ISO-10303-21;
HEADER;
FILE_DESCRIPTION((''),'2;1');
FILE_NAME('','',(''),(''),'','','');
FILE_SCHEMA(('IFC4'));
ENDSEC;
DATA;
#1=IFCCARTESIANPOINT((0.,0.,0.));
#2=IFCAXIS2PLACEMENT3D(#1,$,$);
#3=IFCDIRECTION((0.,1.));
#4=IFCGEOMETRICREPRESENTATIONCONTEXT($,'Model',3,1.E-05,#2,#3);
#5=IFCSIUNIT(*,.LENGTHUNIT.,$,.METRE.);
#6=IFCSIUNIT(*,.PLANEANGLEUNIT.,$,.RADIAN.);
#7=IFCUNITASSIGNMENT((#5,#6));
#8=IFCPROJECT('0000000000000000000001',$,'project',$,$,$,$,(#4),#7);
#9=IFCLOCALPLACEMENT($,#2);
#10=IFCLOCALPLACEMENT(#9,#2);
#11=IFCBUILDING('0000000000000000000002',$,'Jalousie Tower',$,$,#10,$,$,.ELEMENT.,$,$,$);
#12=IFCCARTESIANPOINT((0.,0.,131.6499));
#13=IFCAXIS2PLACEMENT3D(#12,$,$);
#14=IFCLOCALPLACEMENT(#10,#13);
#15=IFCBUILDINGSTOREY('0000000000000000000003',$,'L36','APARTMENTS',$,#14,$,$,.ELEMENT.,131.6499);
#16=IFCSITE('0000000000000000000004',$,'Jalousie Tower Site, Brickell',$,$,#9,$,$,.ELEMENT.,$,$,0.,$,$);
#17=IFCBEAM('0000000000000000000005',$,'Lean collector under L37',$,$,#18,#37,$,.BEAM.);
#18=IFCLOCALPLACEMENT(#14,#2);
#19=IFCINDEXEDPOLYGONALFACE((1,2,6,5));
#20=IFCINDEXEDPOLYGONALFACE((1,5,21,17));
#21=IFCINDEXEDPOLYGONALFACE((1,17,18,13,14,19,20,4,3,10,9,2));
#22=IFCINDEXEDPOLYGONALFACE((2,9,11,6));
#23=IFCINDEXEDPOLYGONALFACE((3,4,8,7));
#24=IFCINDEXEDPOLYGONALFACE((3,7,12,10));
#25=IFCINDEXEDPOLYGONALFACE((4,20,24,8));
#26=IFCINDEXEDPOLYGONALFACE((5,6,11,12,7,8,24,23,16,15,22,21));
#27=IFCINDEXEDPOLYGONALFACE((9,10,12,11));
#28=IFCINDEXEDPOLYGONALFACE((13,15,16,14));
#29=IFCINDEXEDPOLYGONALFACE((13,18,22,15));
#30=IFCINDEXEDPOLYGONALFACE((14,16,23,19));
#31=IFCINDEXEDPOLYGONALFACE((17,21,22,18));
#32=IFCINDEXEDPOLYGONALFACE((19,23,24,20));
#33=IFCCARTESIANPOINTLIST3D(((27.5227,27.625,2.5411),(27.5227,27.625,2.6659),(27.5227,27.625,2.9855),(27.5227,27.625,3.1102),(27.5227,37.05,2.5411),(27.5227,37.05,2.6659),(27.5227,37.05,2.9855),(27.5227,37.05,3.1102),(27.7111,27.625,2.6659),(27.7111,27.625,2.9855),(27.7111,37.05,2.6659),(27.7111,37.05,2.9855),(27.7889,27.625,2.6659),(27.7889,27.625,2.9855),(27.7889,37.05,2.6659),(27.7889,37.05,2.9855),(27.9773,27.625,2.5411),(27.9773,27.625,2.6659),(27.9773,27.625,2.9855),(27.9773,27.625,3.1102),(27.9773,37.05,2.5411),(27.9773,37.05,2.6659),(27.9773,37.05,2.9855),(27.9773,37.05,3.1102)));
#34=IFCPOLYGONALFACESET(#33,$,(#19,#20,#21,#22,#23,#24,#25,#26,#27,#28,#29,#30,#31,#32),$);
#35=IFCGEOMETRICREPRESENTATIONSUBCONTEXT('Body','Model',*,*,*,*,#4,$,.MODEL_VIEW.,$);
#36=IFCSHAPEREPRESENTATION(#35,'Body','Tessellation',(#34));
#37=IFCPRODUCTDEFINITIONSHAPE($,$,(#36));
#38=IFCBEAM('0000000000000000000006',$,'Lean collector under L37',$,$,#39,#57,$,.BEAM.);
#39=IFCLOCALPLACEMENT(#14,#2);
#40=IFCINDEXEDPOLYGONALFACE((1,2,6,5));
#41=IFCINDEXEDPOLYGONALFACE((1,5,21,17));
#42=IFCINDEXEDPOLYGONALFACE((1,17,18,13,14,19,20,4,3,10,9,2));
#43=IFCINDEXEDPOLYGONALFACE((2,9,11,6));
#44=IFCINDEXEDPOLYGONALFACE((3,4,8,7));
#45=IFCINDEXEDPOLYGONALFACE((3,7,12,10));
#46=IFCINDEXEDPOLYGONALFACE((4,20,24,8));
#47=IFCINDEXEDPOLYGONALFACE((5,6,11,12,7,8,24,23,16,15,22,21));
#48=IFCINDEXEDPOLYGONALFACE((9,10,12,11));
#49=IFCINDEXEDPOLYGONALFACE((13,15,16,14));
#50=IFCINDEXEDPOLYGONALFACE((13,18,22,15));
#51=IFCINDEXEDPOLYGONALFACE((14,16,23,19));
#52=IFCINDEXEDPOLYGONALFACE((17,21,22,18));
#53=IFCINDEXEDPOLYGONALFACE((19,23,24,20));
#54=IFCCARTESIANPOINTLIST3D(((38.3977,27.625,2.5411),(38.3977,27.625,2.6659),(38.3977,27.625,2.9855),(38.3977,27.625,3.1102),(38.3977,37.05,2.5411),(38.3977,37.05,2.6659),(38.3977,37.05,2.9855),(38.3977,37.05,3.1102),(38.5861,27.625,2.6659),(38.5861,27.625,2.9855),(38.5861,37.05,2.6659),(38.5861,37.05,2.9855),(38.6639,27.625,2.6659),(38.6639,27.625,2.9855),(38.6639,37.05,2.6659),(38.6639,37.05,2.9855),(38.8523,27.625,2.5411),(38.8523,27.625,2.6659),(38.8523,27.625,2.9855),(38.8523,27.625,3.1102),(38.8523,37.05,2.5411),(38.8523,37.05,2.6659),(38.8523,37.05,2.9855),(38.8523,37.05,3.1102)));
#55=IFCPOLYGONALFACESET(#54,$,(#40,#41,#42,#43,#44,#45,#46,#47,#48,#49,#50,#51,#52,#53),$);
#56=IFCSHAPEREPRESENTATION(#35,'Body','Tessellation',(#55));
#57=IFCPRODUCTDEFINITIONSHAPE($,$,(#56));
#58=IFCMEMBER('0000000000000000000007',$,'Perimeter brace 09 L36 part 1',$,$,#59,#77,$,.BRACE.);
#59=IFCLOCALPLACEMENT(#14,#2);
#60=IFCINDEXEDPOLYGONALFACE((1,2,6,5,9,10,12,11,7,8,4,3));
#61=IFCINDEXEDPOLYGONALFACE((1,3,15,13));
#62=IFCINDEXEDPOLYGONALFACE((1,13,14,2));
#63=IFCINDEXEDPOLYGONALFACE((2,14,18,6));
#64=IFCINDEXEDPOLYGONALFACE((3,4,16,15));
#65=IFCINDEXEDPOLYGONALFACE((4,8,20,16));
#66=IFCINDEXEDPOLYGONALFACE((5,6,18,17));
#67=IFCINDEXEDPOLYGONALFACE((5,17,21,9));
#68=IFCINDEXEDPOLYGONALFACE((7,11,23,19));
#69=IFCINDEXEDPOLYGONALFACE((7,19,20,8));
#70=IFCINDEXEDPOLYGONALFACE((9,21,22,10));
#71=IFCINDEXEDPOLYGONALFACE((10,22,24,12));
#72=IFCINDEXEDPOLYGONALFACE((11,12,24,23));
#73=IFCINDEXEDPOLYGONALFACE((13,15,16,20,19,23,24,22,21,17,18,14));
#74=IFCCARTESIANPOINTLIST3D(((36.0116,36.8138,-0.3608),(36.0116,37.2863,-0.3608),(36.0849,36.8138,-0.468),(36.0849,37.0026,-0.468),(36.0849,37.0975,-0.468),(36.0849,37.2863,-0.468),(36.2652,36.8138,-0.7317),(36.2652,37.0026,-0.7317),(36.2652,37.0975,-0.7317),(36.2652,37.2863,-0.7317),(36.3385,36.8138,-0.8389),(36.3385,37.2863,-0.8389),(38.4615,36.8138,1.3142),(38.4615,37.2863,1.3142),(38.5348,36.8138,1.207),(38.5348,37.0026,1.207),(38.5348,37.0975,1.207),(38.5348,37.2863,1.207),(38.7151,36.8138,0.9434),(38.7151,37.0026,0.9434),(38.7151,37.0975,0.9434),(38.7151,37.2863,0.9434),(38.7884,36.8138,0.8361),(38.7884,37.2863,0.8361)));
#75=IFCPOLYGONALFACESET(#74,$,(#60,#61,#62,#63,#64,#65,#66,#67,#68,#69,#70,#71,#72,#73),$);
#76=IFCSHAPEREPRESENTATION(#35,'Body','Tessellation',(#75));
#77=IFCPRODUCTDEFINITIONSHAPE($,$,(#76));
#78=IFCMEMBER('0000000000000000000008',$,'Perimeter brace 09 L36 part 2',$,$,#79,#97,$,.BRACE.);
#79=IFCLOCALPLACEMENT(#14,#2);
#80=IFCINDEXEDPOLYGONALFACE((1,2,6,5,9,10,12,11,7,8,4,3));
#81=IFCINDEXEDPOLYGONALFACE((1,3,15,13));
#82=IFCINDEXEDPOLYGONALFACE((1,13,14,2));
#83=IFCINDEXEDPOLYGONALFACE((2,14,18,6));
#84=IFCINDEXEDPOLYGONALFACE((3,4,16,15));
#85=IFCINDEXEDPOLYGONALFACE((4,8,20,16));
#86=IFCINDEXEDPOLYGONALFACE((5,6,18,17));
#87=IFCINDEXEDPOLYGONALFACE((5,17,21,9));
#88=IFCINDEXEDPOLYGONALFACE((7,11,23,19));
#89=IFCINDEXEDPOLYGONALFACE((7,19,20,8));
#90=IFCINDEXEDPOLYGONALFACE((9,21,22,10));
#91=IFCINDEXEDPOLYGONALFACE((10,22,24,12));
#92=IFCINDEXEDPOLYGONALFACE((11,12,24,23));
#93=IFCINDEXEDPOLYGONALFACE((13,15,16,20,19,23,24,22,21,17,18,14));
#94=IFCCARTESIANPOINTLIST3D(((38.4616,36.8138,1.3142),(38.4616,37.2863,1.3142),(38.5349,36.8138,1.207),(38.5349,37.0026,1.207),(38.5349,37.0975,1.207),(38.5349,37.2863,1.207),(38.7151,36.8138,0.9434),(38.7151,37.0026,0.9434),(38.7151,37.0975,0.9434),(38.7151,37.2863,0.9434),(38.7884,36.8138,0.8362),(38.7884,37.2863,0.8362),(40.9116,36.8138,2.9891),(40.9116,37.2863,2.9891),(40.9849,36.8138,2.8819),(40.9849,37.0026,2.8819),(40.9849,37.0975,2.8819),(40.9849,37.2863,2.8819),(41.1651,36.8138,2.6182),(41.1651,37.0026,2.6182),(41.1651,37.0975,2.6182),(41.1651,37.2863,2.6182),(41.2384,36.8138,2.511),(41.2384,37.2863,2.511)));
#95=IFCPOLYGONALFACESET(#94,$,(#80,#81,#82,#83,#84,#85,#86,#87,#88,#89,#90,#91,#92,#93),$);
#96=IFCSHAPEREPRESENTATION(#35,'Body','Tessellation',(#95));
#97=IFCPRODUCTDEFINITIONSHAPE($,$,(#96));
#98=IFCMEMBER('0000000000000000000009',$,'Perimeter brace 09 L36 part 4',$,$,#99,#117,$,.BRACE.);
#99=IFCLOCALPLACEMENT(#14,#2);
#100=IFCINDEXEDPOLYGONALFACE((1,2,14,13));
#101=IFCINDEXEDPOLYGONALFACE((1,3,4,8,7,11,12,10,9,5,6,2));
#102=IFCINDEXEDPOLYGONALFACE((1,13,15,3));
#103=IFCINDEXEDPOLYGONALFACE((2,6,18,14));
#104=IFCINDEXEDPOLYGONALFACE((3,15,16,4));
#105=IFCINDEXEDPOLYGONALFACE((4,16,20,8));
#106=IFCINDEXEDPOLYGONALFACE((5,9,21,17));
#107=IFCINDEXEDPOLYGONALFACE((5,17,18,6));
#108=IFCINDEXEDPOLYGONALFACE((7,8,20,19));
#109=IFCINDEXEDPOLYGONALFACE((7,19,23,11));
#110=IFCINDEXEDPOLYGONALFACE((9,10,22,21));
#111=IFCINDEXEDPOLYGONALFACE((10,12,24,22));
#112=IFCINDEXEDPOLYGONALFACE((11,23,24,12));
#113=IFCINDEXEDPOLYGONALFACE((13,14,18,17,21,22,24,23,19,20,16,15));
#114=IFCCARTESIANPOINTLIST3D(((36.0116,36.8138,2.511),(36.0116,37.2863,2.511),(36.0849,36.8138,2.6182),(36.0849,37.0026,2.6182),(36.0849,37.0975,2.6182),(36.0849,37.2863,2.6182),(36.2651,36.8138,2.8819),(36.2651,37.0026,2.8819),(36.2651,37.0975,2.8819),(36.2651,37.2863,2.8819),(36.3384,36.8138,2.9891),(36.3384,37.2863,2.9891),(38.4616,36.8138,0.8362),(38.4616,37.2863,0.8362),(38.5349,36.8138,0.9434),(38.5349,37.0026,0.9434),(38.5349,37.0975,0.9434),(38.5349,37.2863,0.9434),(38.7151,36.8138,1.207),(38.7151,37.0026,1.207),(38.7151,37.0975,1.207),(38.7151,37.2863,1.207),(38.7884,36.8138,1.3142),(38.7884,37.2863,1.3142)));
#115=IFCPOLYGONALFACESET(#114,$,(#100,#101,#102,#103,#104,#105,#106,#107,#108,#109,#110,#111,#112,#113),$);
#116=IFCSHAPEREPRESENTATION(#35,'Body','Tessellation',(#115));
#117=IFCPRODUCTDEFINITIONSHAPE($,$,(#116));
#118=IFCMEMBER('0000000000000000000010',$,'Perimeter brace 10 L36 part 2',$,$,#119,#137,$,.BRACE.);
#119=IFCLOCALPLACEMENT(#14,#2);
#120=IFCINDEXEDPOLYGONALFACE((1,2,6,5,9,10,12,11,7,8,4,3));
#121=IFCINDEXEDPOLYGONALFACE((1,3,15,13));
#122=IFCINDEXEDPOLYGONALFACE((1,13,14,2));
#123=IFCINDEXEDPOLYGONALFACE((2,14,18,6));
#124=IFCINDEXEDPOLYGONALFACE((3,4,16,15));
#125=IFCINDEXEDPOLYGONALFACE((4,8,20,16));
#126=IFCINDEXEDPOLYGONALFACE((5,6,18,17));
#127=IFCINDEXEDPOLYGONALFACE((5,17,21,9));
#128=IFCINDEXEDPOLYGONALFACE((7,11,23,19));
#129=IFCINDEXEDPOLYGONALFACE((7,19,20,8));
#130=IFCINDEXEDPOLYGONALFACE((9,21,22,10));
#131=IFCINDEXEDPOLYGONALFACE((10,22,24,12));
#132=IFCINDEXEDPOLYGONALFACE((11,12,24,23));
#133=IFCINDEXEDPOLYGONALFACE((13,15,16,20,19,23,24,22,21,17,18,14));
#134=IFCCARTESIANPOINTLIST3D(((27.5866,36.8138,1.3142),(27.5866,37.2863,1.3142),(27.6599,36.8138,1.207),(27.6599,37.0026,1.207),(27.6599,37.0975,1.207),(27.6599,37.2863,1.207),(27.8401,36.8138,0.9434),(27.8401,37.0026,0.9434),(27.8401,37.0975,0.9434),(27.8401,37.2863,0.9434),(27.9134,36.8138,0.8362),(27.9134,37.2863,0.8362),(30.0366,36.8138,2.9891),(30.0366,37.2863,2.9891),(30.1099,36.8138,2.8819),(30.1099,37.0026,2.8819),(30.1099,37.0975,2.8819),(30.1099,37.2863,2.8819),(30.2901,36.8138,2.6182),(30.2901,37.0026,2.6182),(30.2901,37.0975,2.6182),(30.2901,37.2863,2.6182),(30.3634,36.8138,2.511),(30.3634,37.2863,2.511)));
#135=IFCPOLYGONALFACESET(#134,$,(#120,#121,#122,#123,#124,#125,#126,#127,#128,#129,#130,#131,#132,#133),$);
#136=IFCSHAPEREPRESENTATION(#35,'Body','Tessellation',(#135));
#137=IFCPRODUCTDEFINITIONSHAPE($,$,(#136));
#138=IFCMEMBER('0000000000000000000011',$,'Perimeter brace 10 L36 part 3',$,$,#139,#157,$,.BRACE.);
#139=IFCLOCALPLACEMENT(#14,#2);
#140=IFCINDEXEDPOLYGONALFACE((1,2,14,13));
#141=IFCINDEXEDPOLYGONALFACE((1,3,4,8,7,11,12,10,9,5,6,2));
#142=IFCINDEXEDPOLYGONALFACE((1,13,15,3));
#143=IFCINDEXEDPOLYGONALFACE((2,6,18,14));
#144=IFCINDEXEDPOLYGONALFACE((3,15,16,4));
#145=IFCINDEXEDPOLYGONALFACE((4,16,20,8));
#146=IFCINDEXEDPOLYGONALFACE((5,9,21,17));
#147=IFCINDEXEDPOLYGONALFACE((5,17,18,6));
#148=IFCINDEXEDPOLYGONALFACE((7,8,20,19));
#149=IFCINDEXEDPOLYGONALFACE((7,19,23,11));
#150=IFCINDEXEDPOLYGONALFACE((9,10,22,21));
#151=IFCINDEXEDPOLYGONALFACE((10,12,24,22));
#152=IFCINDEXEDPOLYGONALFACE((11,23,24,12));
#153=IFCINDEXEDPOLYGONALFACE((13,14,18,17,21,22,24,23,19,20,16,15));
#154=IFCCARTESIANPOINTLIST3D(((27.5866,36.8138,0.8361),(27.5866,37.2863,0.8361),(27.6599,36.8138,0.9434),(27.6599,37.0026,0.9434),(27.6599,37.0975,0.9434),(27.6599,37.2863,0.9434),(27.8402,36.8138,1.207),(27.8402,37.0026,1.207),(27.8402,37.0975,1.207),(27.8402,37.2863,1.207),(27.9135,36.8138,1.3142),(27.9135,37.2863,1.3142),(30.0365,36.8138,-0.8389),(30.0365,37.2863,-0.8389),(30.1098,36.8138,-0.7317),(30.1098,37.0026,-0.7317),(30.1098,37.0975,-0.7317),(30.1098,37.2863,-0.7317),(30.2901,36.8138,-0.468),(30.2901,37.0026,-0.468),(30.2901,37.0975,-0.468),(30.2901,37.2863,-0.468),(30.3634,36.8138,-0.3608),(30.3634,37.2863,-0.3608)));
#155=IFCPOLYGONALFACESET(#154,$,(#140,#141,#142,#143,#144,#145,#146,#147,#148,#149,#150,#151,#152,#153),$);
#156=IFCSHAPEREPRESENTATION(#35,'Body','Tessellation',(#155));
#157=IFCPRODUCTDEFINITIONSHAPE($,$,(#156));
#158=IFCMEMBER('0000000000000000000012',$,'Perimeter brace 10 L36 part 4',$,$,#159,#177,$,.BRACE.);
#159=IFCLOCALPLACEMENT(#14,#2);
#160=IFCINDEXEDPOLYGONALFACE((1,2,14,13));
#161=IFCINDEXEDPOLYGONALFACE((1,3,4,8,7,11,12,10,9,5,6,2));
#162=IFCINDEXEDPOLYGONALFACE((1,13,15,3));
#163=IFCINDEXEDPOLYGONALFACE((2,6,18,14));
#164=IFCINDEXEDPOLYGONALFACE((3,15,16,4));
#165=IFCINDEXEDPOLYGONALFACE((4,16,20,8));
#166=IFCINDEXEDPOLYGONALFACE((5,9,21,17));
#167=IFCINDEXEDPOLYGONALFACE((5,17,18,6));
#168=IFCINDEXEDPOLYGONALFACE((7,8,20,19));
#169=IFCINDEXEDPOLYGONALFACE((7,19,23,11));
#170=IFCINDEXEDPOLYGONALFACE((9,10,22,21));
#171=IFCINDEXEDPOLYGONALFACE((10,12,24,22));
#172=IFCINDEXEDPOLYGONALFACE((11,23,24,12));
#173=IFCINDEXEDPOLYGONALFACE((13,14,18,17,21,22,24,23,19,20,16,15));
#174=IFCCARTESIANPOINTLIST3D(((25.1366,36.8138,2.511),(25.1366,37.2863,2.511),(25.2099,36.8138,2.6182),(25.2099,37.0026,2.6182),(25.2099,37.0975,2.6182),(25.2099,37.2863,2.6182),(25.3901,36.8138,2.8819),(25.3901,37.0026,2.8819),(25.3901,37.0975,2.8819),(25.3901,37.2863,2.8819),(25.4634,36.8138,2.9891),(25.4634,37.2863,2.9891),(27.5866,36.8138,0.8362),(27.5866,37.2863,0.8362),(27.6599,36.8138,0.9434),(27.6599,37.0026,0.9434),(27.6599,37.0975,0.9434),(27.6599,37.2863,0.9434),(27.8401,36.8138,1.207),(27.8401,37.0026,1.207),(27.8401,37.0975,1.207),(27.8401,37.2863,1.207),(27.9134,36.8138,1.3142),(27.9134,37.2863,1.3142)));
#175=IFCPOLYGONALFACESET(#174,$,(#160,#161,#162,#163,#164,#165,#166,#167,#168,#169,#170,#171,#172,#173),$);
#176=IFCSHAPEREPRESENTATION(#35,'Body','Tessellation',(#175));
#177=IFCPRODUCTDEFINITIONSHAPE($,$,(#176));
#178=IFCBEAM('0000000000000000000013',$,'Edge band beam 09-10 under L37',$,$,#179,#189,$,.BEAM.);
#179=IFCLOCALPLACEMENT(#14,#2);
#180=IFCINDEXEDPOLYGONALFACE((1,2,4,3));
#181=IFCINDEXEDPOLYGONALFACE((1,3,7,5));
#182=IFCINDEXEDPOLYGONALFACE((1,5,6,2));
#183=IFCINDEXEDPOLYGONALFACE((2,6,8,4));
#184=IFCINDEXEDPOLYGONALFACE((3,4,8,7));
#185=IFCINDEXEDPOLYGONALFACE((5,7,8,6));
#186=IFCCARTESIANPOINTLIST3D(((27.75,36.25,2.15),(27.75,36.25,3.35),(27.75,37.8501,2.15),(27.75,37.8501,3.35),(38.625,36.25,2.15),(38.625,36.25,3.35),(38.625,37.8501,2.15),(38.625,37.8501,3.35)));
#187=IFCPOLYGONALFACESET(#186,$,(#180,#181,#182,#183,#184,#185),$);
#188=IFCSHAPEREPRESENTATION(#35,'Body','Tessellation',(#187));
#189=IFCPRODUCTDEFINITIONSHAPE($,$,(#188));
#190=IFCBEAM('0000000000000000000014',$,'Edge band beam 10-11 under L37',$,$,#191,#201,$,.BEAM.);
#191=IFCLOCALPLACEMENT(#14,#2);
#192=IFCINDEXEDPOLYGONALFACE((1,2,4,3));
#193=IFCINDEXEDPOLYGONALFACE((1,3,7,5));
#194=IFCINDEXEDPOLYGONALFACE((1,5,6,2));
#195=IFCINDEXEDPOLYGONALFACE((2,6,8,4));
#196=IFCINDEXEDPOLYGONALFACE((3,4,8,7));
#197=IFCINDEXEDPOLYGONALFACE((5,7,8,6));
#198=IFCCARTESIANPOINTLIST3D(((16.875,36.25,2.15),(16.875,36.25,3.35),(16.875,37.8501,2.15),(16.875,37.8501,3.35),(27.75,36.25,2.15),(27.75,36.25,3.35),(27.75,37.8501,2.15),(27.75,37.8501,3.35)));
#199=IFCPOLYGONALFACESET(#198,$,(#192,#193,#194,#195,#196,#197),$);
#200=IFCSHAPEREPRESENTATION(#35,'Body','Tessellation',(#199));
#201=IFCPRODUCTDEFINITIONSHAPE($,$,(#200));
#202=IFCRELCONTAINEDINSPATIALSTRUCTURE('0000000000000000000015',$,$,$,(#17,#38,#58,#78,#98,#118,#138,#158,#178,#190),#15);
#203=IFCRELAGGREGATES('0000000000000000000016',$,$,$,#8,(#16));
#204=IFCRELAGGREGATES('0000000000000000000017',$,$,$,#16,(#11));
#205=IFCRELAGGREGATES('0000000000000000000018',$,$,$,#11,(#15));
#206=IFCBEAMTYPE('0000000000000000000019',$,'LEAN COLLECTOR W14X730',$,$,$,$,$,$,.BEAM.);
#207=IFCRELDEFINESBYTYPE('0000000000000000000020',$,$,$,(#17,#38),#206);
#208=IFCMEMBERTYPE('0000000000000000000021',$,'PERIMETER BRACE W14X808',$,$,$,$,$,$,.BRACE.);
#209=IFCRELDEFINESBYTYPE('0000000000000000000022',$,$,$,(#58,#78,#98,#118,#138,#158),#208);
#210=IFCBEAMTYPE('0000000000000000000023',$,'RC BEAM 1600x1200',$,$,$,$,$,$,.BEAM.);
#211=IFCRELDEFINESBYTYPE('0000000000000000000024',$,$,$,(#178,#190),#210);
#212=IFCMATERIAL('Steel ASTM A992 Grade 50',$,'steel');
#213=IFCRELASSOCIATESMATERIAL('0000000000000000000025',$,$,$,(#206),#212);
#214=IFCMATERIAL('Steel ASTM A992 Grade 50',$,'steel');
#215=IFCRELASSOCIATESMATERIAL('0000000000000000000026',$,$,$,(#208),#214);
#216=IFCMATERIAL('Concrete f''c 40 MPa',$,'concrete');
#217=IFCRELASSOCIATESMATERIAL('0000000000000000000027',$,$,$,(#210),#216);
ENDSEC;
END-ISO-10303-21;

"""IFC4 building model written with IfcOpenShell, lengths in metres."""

from ifc_helpers import new_model, si_unit, direction, frame, origin, origin_2d, place, context, subcontext, project, spatial, rectangle, i_section, extrude, material, material_profile, profile_set, type_object, element, save


model = new_model("IFC4")

# Units and contexts
model_context = context("Model", 3, precision=1e-05, world=origin(), true_north=direction((0.0, 1.0)))
body_context = subcontext(model_context, "Body", "Model", "MODEL_VIEW")
ifc_project = project(units=[si_unit("LENGTHUNIT", "METRE"), si_unit("PLANEANGLEUNIT", "RADIAN")], contexts=[model_context])

# Site, building, storey
site_placement = place(None, origin())
site = spatial("IfcSite", under=ifc_project, at=site_placement, Name="Jalousie Tower Site, Brickell", CompositionType="ELEMENT", RefElevation=0.0)
building_placement = place(site_placement, origin())
building = spatial("IfcBuilding", under=site, at=building_placement, Name="Jalousie Tower", CompositionType="ELEMENT")
storey_placement = place(building_placement, frame((0.0, 0.0, 131.6499)))
storey = spatial("IfcBuildingStorey", under=building, at=storey_placement, Name="L36", Description="APARTMENTS", CompositionType="ELEMENT", Elevation=131.6499)

# Beams
ifc_material_1 = material(Name="Steel ASTM A992 Grade 50", Category="steel")
ifc_material_profile_1 = material_profile(ifc_material_1, i_section(OverallWidth=0.4546, OverallDepth=0.5691, WebThickness=0.0779, FlangeThickness=0.1248, at=origin_2d()), Name="W14X730")
ifc_profile_set_1 = profile_set([ifc_material_profile_1], Name="Steel ASTM A992 Grade 50")
beam_type_1 = type_object("IfcBeamType", Name="LEAN COLLECTOR W14X730", PredefinedType="BEAM", material=ifc_profile_set_1)
for number, where, z_axis, x_axis, name in (
    (1, (27.75, 37.05, 2.8257), (0.0, -1.0, 0.0), (1.0, 0.0, 0.0), "Lean collector under L37"),
    (2, (38.625, 37.05, 2.8257), (0.0, -1.0, 0.0), (1.0, 0.0, 0.0), "Lean collector under L37"),
):
    element("IfcBeam", number, at=place(storey_placement, frame(where, z_axis=z_axis, x_axis=x_axis)), inside=storey, type_object=beam_type_1, Name=name, PredefinedType="BEAM", context=body_context, shape_type="SweptSolid", body=[
        extrude(i_section(OverallWidth=0.4546, OverallDepth=0.5691, WebThickness=0.0779, FlangeThickness=0.1248, at=origin_2d()), origin(), (0.0, 0.0, 1.0), 9.425),
    ])

# Members
ifc_material_2 = material(Name="Steel ASTM A992 Grade 50", Category="steel")
ifc_material_profile_2 = material_profile(ifc_material_2, i_section(OverallWidth=0.4724, OverallDepth=0.5791, WebThickness=0.095, FlangeThickness=0.1299, at=origin_2d()), Name="W14X808")
ifc_profile_set_2 = profile_set([ifc_material_profile_2], Name="Steel ASTM A992 Grade 50")
member_type_1 = type_object("IfcMemberType", Name="PERIMETER BRACE W14X808", PredefinedType="BRACE", material=ifc_profile_set_2)
for number, where, z_axis, x_axis, name in (
    (3, (36.175, 37.05, -0.5999), (0.825501, 0.0, 0.564401), (0.0, 1.0, 0.0), "Perimeter brace 09 L36 part 1"),
    (4, (38.625, 37.05, 1.0752), (0.825539, 0.0, 0.564345), (0.0, 1.0, 0.0), "Perimeter brace 09 L36 part 2"),
    (5, (38.625, 37.05, 1.0752), (-0.825539, 0.0, 0.564345), (0.0, -1.0, 0.0), "Perimeter brace 09 L36 part 4"),
    (6, (27.75, 37.05, 1.0752), (0.825539, 0.0, 0.564345), (0.0, 1.0, 0.0), "Perimeter brace 10 L36 part 2"),
    (7, (30.2, 37.05, -0.5999), (-0.825501, 0.0, 0.564401), (0.0, -1.0, 0.0), "Perimeter brace 10 L36 part 3"),
    (8, (27.75, 37.05, 1.0752), (-0.825539, 0.0, 0.564345), (0.0, -1.0, 0.0), "Perimeter brace 10 L36 part 4"),
):
    element("IfcMember", number, at=place(storey_placement, frame(where, z_axis=z_axis, x_axis=x_axis)), inside=storey, type_object=member_type_1, Name=name, PredefinedType="BRACE", context=body_context, shape_type="SweptSolid", body=[
        extrude(i_section(OverallWidth=0.4724, OverallDepth=0.5791, WebThickness=0.095, FlangeThickness=0.1299, at=origin_2d()), origin(), (0.0, 0.0, 1.0), 2.9678),
    ])

# Beams
ifc_material_3 = material(Name="Concrete f'c 40 MPa", Category="concrete")
ifc_material_profile_3 = material_profile(ifc_material_3, rectangle(XDim=1.6001, YDim=1.2, at=origin_2d()), Name="RC 1600x1200")
ifc_profile_set_3 = profile_set([ifc_material_profile_3], Name="Concrete f'c 40 MPa")
beam_type_2 = type_object("IfcBeamType", Name="RC BEAM 1600x1200", PredefinedType="BEAM", material=ifc_profile_set_3)
for number, where, z_axis, x_axis, name in (
    (9, (38.625, 37.05, 2.75), (-1.0, 0.0, 0.0), (0.0, -1.0, 0.0), "Edge band beam 09-10 under L37"),
    (10, (27.75, 37.05, 2.75), (-1.0, 0.0, 0.0), (0.0, -1.0, 0.0), "Edge band beam 10-11 under L37"),
):
    element("IfcBeam", number, at=place(storey_placement, frame(where, z_axis=z_axis, x_axis=x_axis)), inside=storey, type_object=beam_type_2, Name=name, PredefinedType="BEAM", context=body_context, shape_type="SweptSolid", body=[
        extrude(rectangle(XDim=1.6001, YDim=1.2, at=origin_2d()), origin(), (0.0, 0.0, 1.0), 10.875),
    ])

save(model, "model.ifc")
